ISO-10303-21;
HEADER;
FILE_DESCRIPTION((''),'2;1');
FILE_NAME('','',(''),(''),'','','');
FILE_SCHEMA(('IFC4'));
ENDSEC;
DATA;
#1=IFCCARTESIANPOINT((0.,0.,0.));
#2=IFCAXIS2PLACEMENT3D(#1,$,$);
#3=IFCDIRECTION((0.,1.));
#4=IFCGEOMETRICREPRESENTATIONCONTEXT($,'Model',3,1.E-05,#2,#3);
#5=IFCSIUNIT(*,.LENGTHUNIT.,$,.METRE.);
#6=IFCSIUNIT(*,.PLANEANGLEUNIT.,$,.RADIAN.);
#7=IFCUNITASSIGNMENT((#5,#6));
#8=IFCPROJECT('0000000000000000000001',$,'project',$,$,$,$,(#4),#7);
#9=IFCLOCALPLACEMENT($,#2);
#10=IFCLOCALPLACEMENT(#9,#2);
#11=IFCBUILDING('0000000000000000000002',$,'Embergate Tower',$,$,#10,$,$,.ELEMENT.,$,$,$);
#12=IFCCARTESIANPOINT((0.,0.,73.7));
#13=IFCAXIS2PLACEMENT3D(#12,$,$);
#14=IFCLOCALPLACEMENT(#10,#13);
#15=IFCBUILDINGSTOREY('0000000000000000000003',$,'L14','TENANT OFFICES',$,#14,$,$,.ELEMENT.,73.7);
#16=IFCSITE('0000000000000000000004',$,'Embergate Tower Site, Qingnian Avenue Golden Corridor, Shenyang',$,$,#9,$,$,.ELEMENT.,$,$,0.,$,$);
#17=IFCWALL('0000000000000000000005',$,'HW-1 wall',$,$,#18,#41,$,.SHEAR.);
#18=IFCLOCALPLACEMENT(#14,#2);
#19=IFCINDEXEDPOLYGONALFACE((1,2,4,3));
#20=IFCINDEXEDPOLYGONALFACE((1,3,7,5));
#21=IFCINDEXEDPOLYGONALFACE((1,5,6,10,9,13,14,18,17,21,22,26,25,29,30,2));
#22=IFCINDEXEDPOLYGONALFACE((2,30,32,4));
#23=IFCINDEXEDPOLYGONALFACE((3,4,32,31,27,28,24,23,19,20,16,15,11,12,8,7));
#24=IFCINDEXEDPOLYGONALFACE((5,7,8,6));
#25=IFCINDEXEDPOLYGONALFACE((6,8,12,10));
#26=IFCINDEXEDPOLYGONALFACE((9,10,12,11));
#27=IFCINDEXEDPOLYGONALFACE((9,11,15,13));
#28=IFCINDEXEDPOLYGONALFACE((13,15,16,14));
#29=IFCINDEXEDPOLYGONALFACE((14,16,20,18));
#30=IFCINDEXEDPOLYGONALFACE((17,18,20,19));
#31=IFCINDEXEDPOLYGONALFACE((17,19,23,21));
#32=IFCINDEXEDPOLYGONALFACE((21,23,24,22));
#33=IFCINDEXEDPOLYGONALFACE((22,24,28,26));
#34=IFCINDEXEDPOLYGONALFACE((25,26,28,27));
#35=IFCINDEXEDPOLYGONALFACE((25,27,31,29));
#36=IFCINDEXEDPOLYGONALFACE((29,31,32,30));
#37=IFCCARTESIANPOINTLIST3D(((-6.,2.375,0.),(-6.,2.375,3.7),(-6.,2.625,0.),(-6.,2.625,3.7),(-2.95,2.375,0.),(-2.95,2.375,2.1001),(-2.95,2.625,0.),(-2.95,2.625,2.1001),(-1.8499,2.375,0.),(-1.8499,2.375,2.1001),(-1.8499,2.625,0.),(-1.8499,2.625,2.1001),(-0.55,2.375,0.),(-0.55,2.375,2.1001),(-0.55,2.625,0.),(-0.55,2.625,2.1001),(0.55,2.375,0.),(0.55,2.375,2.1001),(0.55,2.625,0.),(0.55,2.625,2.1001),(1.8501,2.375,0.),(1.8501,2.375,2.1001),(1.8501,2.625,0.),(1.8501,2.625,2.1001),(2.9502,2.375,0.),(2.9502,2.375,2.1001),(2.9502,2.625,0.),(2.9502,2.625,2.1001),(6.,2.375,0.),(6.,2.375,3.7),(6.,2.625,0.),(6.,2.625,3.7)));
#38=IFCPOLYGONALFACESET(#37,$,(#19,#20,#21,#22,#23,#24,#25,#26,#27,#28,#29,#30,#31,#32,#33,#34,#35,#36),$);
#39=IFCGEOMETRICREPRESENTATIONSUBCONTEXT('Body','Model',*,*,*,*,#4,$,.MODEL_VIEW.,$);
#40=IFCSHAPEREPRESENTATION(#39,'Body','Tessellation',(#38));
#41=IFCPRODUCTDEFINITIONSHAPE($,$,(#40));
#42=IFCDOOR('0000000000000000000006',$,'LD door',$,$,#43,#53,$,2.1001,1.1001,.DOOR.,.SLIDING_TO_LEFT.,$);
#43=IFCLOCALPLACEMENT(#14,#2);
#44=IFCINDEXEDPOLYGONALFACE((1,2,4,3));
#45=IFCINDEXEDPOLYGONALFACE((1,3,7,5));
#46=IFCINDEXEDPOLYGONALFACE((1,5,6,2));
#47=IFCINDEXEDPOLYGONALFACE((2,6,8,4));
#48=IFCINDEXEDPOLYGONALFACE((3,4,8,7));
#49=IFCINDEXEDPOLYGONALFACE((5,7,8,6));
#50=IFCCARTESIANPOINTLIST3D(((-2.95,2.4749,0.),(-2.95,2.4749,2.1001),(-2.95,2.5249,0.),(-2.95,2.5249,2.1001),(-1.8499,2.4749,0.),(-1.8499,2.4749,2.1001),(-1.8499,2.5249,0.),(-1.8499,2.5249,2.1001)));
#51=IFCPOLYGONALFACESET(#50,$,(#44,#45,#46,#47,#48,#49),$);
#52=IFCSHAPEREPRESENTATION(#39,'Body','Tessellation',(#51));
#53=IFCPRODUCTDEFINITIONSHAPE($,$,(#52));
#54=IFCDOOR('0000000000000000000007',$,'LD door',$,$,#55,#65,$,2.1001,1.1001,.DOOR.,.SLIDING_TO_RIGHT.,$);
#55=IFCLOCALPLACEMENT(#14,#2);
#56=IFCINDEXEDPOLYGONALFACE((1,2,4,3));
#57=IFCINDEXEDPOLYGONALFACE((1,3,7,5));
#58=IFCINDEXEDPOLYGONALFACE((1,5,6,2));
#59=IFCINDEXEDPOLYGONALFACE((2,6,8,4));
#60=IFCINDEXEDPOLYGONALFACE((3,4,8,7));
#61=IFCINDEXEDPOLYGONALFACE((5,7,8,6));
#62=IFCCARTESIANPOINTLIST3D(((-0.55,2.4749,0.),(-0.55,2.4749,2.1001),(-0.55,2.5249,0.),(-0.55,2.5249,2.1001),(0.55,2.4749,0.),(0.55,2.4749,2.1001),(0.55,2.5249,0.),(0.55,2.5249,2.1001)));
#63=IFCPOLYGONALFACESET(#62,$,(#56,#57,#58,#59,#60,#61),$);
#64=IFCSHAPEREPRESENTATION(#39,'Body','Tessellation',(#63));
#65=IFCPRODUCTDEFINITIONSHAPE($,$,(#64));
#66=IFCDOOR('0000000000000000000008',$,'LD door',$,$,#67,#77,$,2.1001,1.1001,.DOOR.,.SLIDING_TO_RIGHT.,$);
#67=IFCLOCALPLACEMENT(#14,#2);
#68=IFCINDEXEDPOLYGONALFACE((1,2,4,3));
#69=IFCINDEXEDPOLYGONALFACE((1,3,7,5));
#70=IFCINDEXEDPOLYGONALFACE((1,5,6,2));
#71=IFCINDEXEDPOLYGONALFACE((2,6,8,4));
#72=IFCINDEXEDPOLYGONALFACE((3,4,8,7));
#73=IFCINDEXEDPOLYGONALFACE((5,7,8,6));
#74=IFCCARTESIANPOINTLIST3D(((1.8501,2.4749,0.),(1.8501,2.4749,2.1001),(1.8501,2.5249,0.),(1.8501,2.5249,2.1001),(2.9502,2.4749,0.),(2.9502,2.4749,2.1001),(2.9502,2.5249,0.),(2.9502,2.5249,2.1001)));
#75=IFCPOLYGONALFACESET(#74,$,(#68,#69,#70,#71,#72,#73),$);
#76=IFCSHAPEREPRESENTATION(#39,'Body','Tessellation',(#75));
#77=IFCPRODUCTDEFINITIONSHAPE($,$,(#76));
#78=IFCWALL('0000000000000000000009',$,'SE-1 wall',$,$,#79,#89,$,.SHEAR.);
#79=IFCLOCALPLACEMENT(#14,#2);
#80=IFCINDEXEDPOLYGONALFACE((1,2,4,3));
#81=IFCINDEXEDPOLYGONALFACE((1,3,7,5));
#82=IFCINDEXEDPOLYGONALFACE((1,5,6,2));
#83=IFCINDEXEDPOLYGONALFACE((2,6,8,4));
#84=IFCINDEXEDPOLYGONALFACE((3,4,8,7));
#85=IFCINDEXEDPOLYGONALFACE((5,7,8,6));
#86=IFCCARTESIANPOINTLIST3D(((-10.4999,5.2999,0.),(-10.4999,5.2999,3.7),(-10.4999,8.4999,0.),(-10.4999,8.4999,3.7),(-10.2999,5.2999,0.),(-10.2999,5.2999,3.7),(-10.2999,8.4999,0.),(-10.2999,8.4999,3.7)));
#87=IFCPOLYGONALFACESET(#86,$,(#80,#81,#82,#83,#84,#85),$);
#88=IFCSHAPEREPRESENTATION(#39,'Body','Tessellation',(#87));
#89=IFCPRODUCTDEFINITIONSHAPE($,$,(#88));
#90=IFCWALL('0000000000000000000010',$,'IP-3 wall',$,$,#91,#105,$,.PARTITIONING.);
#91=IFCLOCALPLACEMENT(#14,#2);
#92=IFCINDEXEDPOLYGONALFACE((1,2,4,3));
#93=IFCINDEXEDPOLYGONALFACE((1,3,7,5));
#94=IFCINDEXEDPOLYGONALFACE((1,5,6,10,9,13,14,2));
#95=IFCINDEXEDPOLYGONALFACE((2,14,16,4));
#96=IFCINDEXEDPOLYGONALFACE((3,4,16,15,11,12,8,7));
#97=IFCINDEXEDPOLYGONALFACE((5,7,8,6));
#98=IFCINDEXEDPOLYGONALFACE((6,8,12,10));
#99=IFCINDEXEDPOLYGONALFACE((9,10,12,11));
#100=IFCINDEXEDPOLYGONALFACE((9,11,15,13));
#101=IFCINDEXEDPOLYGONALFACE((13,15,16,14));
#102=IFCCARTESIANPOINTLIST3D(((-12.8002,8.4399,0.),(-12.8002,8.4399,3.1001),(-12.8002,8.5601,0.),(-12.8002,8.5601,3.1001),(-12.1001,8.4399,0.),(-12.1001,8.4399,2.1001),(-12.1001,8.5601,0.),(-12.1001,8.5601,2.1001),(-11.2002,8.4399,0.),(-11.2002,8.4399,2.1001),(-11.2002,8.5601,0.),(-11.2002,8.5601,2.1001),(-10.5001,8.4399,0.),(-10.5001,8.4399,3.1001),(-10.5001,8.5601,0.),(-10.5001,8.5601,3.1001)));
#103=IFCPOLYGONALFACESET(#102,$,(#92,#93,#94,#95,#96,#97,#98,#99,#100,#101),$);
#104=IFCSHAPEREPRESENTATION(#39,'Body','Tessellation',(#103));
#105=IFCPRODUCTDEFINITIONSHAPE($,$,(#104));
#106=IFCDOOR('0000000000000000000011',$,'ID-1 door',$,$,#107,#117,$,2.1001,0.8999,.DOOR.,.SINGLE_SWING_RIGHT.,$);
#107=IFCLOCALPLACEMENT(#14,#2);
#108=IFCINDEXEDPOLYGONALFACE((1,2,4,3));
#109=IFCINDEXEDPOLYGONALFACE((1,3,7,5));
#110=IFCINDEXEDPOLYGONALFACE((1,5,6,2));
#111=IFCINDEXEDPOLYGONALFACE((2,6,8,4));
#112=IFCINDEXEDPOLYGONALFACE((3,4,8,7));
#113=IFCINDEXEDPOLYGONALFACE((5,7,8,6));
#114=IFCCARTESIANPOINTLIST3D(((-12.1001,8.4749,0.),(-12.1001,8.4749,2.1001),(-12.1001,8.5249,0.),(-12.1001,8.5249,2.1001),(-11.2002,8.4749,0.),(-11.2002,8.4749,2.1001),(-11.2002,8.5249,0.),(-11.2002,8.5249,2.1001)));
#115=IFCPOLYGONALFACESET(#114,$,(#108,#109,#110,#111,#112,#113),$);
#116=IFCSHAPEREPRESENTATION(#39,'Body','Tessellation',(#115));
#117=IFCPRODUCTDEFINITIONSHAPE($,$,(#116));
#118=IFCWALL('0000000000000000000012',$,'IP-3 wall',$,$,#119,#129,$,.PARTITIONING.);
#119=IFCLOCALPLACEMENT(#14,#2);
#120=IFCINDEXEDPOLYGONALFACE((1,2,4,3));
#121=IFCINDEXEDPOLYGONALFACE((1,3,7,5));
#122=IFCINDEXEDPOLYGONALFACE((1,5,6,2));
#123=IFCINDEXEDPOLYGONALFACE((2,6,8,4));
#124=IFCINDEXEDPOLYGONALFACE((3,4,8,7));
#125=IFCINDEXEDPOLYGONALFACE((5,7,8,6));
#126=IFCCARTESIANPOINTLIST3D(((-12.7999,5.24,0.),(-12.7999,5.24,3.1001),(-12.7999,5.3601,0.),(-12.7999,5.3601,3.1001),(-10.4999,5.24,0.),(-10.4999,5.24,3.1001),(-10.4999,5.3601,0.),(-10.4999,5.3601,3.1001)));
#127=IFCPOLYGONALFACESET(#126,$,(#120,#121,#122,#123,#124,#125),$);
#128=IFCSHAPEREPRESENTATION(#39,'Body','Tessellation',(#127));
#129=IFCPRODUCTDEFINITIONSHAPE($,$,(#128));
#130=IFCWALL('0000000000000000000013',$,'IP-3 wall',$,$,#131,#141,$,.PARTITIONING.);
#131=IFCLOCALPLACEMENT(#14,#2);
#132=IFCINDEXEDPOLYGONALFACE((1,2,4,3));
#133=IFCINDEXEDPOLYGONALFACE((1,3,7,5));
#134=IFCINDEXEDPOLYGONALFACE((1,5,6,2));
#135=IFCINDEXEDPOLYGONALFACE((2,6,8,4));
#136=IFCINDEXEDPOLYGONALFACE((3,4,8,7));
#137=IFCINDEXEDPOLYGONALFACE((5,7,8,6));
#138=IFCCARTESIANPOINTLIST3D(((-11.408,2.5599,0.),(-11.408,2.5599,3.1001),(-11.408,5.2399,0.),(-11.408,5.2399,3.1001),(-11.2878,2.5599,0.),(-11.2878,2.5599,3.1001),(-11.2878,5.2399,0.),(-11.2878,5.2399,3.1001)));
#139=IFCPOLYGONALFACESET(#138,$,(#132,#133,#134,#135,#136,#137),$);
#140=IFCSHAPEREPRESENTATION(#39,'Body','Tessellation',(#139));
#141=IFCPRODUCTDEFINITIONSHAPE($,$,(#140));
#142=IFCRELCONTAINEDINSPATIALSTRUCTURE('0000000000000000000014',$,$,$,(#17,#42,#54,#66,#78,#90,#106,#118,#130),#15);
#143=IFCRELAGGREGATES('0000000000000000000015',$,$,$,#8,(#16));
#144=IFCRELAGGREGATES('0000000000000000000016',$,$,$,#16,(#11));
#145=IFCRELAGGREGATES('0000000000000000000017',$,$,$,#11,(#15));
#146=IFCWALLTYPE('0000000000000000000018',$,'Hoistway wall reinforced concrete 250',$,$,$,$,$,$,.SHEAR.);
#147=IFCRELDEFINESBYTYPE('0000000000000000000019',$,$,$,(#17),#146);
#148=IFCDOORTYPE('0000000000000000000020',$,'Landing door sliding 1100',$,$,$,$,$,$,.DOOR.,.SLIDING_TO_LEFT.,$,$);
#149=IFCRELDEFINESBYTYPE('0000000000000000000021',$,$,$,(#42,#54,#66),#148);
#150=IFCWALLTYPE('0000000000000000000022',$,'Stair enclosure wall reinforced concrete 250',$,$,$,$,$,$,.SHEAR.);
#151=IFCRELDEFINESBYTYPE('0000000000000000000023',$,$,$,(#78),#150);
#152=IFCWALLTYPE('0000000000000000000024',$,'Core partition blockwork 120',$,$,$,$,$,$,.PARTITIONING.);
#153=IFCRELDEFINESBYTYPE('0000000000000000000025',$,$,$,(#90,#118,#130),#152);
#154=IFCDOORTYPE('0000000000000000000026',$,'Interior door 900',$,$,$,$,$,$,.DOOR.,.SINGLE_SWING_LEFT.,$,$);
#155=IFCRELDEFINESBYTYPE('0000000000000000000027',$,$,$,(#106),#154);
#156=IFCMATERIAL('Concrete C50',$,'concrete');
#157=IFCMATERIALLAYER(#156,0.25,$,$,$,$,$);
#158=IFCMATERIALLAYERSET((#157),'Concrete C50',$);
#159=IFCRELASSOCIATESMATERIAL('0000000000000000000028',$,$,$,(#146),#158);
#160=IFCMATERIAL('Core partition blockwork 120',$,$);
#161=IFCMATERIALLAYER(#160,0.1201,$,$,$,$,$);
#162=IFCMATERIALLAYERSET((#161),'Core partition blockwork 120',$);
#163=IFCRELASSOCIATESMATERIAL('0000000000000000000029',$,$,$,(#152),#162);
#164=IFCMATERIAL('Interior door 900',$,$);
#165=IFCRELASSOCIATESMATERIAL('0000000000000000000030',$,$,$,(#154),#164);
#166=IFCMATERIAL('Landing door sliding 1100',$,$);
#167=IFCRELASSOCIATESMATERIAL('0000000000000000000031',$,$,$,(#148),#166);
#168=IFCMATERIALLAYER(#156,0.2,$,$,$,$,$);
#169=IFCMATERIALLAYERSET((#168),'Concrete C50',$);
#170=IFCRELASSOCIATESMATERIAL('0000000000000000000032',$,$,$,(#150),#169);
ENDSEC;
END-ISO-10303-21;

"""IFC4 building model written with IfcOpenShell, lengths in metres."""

from ifc_helpers import new_model, si_unit, direction, frame, frame_2d, origin, place, context, subcontext, project, spatial, rectangle, extrude, source, transform, mapped, material, layer, layer_set, type_object, element, fill, save


model = new_model("IFC4")

# Units and contexts
model_context = context("Model", 3, precision=1e-05, world=origin(), true_north=direction((0.0, 1.0)))
body_context = subcontext(model_context, "Body", "Model", "MODEL_VIEW")
ifc_project = project(units=[si_unit("LENGTHUNIT", "METRE"), si_unit("PLANEANGLEUNIT", "RADIAN")], contexts=[model_context])

# Site, building, storey
site_placement = place(None, origin())
site = spatial("IfcSite", under=ifc_project, at=site_placement, Name="Embergate Tower Site, Qingnian Avenue Golden Corridor, Shenyang", CompositionType="ELEMENT", RefElevation=0.0)
building_placement = place(site_placement, origin())
building = spatial("IfcBuilding", under=site, at=building_placement, Name="Embergate Tower", CompositionType="ELEMENT")
storey_placement = place(building_placement, frame((0.0, 0.0, 73.7)))
storey = spatial("IfcBuildingStorey", under=building, at=storey_placement, Name="L14", Description="TENANT OFFICES", CompositionType="ELEMENT", Elevation=73.7)

# Shared definitions
ifc_material_1 = material(Name="Concrete C50", Category="concrete")
ifc_layer_1 = layer(ifc_material_1, 0.25)
ifc_layer_set_1 = layer_set([ifc_layer_1], Name="Concrete C50")
wall_type_1 = type_object("IfcWallType", Name="Hoistway wall reinforced concrete 250", PredefinedType="SHEAR", material=ifc_layer_set_1)

# Shared definitions
ifc_material_2 = material(Name="Core partition blockwork 120")
ifc_layer_2 = layer(ifc_material_2, 0.1201)
ifc_layer_set_2 = layer_set([ifc_layer_2], Name="Core partition blockwork 120")
wall_type_2 = type_object("IfcWallType", Name="Core partition blockwork 120", PredefinedType="PARTITIONING", material=ifc_layer_set_2)
shared_shape_1 = source(origin(), body_context, "Body", "SweptSolid", [
    extrude(rectangle(XDim=0.8999, YDim=2.1001, at=frame_2d((0.45, 1.05))), frame((0.0, 0.0701, 0.0), z_axis=(0.0, -1.0, 0.0), x_axis=(1.0, 0.0, 0.0)), (0.0, 0.0, 1.0), 0.1401),
])
ifc_material_3 = material(Name="Interior door 900")
door_type_1 = type_object("IfcDoorType", Name="Interior door 900", OperationType="SINGLE_SWING_LEFT", PredefinedType="DOOR", material=ifc_material_3)
shared_shape_2 = source(origin(), body_context, "Body", "SweptSolid", [
    extrude(rectangle(XDim=0.8999, YDim=2.1001, at=frame_2d((0.45, 1.05))), frame((0.0, 0.0249, 0.0), z_axis=(0.0, -1.0, 0.0), x_axis=(1.0, 0.0, 0.0)), (0.0, 0.0, 1.0), 0.05),
])

# Wall, openings, doors
shared_shape_3 = source(origin(), body_context, "Body", "SweptSolid", [
    extrude(rectangle(XDim=12.0, YDim=0.25, at=frame_2d((6.0, 0.0))), origin(), (0.0, 0.0, 1.0), 3.7),
])
wall_1_placement = place(storey_placement, frame((-6.0, 2.5, 0.0), z_axis=(0.0, 0.0, 1.0), x_axis=(1.0, 0.0, 0.0)))
wall_1 = element("IfcWall", 1, at=wall_1_placement, inside=storey, type_object=wall_type_1, Name="HW-1 wall", PredefinedType="SHEAR", context=body_context, shape_type="MappedRepresentation", body=[
    mapped(shared_shape_3, transform((0.0, 0.0, 0.0))),
])
shared_shape_4 = source(origin(), body_context, "Body", "SweptSolid", [
    extrude(rectangle(XDim=1.1001, YDim=2.1001, at=frame_2d((0.55, 1.05))), frame((0.0, 0.135, 0.0), z_axis=(0.0, -1.0, 0.0), x_axis=(1.0, 0.0, 0.0)), (0.0, 0.0, 1.0), 0.27),
])
opening_1_placement = place(wall_1_placement, frame((3.05, 0.0, 0.0)))
opening_1 = element("IfcOpeningElement", 2, at=opening_1_placement, cuts=wall_1, PredefinedType="OPENING", context=body_context, shape_type="MappedRepresentation", body=[
    mapped(shared_shape_4, transform((0.0, 0.0, 0.0))),
])
opening_2_placement = place(wall_1_placement, frame((5.45, 0.0, 0.0)))
opening_2 = element("IfcOpeningElement", 3, at=opening_2_placement, cuts=wall_1, PredefinedType="OPENING", context=body_context, shape_type="MappedRepresentation", body=[
    mapped(shared_shape_4, transform((0.0, 0.0, 0.0))),
])
opening_3_placement = place(wall_1_placement, frame((7.8501, 0.0, 0.0)))
opening_3 = element("IfcOpeningElement", 4, at=opening_3_placement, cuts=wall_1, PredefinedType="OPENING", context=body_context, shape_type="MappedRepresentation", body=[
    mapped(shared_shape_4, transform((0.0, 0.0, 0.0))),
])
ifc_material_4 = material(Name="Landing door sliding 1100")
door_type_2 = type_object("IfcDoorType", Name="Landing door sliding 1100", OperationType="SLIDING_TO_LEFT", PredefinedType="DOOR", material=ifc_material_4)
shared_shape_5 = source(origin(), body_context, "Body", "SweptSolid", [
    extrude(rectangle(XDim=1.1001, YDim=2.1001, at=frame_2d((0.55, 1.05))), frame((0.0, 0.0249, 0.0), z_axis=(0.0, -1.0, 0.0), x_axis=(1.0, 0.0, 0.0)), (0.0, 0.0, 1.0), 0.05),
])
door_1_placement = place(opening_1_placement, origin())
door_1 = element("IfcDoor", 5, at=door_1_placement, inside=storey, type_object=door_type_2, Name="LD door", OperationType="SLIDING_TO_LEFT", OverallHeight=2.1001, OverallWidth=1.1001, PredefinedType="DOOR", context=body_context, shape_type="MappedRepresentation", body=[
    mapped(shared_shape_5, transform((0.0, 0.0, 0.0))),
])
fill(opening_1, door_1)
door_2_placement = place(opening_2_placement, origin())
door_2 = element("IfcDoor", 6, at=door_2_placement, inside=storey, type_object=door_type_2, Name="LD door", OperationType="SLIDING_TO_RIGHT", OverallHeight=2.1001, OverallWidth=1.1001, PredefinedType="DOOR", context=body_context, shape_type="MappedRepresentation", body=[
    mapped(shared_shape_5, transform((0.0, 0.0, 0.0))),
])
fill(opening_2, door_2)
door_3_placement = place(opening_3_placement, origin())
door_3 = element("IfcDoor", 7, at=door_3_placement, inside=storey, type_object=door_type_2, Name="LD door", OperationType="SLIDING_TO_RIGHT", OverallHeight=2.1001, OverallWidth=1.1001, PredefinedType="DOOR", context=body_context, shape_type="MappedRepresentation", body=[
    mapped(shared_shape_5, transform((0.0, 0.0, 0.0))),
])
fill(opening_3, door_3)

# Wall
ifc_layer_3 = layer(ifc_material_1, 0.2)
ifc_layer_set_3 = layer_set([ifc_layer_3], Name="Concrete C50")
wall_type_3 = type_object("IfcWallType", Name="Stair enclosure wall reinforced concrete 250", PredefinedType="SHEAR", material=ifc_layer_set_3)
shared_shape_6 = source(origin(), body_context, "Body", "SweptSolid", [
    extrude(rectangle(XDim=3.2, YDim=0.2, at=frame_2d((1.6001, 0.0))), origin(), (0.0, 0.0, 1.0), 3.7),
])
wall_2_placement = place(storey_placement, frame((-10.3999, 8.5, 0.0), z_axis=(0.0, 0.0, 1.0), x_axis=(0.0, -1.0, 0.0)))
element("IfcWall", 8, at=wall_2_placement, inside=storey, type_object=wall_type_3, Name="SE-1 wall", PredefinedType="SHEAR", context=body_context, shape_type="MappedRepresentation", body=[
    mapped(shared_shape_6, transform((0.0, 0.0, 0.0))),
])

# Wall, opening, door
shared_shape_7 = source(origin(), body_context, "Body", "SweptSolid", [
    extrude(rectangle(XDim=2.3, YDim=0.1201, at=frame_2d((1.1499, 0.0))), origin(), (0.0, 0.0, 1.0), 3.1001),
])
wall_3_placement = place(storey_placement, frame((-12.8, 8.5, 0.0), z_axis=(0.0, 0.0, 1.0), x_axis=(1.0, 0.0, 0.0)))
wall_3 = element("IfcWall", 9, at=wall_3_placement, inside=storey, type_object=wall_type_2, Name="IP-3 wall", PredefinedType="PARTITIONING", context=body_context, shape_type="MappedRepresentation", body=[
    mapped(shared_shape_7, transform((0.0, 0.0, 0.0))),
])
opening_4_placement = place(wall_3_placement, frame((0.7, 0.0, 0.0)))
opening_4 = element("IfcOpeningElement", 10, at=opening_4_placement, cuts=wall_3, PredefinedType="OPENING", context=body_context, shape_type="MappedRepresentation", body=[
    mapped(shared_shape_1, transform((0.0, 0.0, 0.0))),
])
door_4_placement = place(opening_4_placement, origin())
door_4 = element("IfcDoor", 11, at=door_4_placement, inside=storey, type_object=door_type_1, Name="ID-1 door", OperationType="SINGLE_SWING_RIGHT", OverallHeight=2.1001, OverallWidth=0.8999, PredefinedType="DOOR", context=body_context, shape_type="MappedRepresentation", body=[
    mapped(shared_shape_2, transform((0.0, 0.0, 0.0))),
])
fill(opening_4, door_4)

# Walls
wall_4_placement = place(storey_placement, frame((-10.5, 5.3, 0.0), z_axis=(0.0, 0.0, 1.0), x_axis=(-1.0, 0.0, 0.0)))
element("IfcWall", 12, at=wall_4_placement, inside=storey, type_object=wall_type_2, Name="IP-3 wall", PredefinedType="PARTITIONING", context=body_context, shape_type="MappedRepresentation", body=[
    mapped(shared_shape_7, transform((0.0, 0.0, 0.0))),
])
shared_shape_8 = source(origin(), body_context, "Body", "SweptSolid", [
    extrude(rectangle(XDim=2.6799, YDim=0.1201, at=frame_2d((1.3398, 0.0))), origin(), (0.0, 0.0, 1.0), 3.1001),
])
wall_5_placement = place(storey_placement, frame((-11.3479, 2.5601, 0.0), z_axis=(0.0, 0.0, 1.0), x_axis=(0.0, 1.0, 0.0)))
element("IfcWall", 13, at=wall_5_placement, inside=storey, type_object=wall_type_2, Name="IP-3 wall", PredefinedType="PARTITIONING", context=body_context, shape_type="MappedRepresentation", body=[
    mapped(shared_shape_8, transform((0.0, 0.0, 0.0))),
])

save(model, "model.ifc")
